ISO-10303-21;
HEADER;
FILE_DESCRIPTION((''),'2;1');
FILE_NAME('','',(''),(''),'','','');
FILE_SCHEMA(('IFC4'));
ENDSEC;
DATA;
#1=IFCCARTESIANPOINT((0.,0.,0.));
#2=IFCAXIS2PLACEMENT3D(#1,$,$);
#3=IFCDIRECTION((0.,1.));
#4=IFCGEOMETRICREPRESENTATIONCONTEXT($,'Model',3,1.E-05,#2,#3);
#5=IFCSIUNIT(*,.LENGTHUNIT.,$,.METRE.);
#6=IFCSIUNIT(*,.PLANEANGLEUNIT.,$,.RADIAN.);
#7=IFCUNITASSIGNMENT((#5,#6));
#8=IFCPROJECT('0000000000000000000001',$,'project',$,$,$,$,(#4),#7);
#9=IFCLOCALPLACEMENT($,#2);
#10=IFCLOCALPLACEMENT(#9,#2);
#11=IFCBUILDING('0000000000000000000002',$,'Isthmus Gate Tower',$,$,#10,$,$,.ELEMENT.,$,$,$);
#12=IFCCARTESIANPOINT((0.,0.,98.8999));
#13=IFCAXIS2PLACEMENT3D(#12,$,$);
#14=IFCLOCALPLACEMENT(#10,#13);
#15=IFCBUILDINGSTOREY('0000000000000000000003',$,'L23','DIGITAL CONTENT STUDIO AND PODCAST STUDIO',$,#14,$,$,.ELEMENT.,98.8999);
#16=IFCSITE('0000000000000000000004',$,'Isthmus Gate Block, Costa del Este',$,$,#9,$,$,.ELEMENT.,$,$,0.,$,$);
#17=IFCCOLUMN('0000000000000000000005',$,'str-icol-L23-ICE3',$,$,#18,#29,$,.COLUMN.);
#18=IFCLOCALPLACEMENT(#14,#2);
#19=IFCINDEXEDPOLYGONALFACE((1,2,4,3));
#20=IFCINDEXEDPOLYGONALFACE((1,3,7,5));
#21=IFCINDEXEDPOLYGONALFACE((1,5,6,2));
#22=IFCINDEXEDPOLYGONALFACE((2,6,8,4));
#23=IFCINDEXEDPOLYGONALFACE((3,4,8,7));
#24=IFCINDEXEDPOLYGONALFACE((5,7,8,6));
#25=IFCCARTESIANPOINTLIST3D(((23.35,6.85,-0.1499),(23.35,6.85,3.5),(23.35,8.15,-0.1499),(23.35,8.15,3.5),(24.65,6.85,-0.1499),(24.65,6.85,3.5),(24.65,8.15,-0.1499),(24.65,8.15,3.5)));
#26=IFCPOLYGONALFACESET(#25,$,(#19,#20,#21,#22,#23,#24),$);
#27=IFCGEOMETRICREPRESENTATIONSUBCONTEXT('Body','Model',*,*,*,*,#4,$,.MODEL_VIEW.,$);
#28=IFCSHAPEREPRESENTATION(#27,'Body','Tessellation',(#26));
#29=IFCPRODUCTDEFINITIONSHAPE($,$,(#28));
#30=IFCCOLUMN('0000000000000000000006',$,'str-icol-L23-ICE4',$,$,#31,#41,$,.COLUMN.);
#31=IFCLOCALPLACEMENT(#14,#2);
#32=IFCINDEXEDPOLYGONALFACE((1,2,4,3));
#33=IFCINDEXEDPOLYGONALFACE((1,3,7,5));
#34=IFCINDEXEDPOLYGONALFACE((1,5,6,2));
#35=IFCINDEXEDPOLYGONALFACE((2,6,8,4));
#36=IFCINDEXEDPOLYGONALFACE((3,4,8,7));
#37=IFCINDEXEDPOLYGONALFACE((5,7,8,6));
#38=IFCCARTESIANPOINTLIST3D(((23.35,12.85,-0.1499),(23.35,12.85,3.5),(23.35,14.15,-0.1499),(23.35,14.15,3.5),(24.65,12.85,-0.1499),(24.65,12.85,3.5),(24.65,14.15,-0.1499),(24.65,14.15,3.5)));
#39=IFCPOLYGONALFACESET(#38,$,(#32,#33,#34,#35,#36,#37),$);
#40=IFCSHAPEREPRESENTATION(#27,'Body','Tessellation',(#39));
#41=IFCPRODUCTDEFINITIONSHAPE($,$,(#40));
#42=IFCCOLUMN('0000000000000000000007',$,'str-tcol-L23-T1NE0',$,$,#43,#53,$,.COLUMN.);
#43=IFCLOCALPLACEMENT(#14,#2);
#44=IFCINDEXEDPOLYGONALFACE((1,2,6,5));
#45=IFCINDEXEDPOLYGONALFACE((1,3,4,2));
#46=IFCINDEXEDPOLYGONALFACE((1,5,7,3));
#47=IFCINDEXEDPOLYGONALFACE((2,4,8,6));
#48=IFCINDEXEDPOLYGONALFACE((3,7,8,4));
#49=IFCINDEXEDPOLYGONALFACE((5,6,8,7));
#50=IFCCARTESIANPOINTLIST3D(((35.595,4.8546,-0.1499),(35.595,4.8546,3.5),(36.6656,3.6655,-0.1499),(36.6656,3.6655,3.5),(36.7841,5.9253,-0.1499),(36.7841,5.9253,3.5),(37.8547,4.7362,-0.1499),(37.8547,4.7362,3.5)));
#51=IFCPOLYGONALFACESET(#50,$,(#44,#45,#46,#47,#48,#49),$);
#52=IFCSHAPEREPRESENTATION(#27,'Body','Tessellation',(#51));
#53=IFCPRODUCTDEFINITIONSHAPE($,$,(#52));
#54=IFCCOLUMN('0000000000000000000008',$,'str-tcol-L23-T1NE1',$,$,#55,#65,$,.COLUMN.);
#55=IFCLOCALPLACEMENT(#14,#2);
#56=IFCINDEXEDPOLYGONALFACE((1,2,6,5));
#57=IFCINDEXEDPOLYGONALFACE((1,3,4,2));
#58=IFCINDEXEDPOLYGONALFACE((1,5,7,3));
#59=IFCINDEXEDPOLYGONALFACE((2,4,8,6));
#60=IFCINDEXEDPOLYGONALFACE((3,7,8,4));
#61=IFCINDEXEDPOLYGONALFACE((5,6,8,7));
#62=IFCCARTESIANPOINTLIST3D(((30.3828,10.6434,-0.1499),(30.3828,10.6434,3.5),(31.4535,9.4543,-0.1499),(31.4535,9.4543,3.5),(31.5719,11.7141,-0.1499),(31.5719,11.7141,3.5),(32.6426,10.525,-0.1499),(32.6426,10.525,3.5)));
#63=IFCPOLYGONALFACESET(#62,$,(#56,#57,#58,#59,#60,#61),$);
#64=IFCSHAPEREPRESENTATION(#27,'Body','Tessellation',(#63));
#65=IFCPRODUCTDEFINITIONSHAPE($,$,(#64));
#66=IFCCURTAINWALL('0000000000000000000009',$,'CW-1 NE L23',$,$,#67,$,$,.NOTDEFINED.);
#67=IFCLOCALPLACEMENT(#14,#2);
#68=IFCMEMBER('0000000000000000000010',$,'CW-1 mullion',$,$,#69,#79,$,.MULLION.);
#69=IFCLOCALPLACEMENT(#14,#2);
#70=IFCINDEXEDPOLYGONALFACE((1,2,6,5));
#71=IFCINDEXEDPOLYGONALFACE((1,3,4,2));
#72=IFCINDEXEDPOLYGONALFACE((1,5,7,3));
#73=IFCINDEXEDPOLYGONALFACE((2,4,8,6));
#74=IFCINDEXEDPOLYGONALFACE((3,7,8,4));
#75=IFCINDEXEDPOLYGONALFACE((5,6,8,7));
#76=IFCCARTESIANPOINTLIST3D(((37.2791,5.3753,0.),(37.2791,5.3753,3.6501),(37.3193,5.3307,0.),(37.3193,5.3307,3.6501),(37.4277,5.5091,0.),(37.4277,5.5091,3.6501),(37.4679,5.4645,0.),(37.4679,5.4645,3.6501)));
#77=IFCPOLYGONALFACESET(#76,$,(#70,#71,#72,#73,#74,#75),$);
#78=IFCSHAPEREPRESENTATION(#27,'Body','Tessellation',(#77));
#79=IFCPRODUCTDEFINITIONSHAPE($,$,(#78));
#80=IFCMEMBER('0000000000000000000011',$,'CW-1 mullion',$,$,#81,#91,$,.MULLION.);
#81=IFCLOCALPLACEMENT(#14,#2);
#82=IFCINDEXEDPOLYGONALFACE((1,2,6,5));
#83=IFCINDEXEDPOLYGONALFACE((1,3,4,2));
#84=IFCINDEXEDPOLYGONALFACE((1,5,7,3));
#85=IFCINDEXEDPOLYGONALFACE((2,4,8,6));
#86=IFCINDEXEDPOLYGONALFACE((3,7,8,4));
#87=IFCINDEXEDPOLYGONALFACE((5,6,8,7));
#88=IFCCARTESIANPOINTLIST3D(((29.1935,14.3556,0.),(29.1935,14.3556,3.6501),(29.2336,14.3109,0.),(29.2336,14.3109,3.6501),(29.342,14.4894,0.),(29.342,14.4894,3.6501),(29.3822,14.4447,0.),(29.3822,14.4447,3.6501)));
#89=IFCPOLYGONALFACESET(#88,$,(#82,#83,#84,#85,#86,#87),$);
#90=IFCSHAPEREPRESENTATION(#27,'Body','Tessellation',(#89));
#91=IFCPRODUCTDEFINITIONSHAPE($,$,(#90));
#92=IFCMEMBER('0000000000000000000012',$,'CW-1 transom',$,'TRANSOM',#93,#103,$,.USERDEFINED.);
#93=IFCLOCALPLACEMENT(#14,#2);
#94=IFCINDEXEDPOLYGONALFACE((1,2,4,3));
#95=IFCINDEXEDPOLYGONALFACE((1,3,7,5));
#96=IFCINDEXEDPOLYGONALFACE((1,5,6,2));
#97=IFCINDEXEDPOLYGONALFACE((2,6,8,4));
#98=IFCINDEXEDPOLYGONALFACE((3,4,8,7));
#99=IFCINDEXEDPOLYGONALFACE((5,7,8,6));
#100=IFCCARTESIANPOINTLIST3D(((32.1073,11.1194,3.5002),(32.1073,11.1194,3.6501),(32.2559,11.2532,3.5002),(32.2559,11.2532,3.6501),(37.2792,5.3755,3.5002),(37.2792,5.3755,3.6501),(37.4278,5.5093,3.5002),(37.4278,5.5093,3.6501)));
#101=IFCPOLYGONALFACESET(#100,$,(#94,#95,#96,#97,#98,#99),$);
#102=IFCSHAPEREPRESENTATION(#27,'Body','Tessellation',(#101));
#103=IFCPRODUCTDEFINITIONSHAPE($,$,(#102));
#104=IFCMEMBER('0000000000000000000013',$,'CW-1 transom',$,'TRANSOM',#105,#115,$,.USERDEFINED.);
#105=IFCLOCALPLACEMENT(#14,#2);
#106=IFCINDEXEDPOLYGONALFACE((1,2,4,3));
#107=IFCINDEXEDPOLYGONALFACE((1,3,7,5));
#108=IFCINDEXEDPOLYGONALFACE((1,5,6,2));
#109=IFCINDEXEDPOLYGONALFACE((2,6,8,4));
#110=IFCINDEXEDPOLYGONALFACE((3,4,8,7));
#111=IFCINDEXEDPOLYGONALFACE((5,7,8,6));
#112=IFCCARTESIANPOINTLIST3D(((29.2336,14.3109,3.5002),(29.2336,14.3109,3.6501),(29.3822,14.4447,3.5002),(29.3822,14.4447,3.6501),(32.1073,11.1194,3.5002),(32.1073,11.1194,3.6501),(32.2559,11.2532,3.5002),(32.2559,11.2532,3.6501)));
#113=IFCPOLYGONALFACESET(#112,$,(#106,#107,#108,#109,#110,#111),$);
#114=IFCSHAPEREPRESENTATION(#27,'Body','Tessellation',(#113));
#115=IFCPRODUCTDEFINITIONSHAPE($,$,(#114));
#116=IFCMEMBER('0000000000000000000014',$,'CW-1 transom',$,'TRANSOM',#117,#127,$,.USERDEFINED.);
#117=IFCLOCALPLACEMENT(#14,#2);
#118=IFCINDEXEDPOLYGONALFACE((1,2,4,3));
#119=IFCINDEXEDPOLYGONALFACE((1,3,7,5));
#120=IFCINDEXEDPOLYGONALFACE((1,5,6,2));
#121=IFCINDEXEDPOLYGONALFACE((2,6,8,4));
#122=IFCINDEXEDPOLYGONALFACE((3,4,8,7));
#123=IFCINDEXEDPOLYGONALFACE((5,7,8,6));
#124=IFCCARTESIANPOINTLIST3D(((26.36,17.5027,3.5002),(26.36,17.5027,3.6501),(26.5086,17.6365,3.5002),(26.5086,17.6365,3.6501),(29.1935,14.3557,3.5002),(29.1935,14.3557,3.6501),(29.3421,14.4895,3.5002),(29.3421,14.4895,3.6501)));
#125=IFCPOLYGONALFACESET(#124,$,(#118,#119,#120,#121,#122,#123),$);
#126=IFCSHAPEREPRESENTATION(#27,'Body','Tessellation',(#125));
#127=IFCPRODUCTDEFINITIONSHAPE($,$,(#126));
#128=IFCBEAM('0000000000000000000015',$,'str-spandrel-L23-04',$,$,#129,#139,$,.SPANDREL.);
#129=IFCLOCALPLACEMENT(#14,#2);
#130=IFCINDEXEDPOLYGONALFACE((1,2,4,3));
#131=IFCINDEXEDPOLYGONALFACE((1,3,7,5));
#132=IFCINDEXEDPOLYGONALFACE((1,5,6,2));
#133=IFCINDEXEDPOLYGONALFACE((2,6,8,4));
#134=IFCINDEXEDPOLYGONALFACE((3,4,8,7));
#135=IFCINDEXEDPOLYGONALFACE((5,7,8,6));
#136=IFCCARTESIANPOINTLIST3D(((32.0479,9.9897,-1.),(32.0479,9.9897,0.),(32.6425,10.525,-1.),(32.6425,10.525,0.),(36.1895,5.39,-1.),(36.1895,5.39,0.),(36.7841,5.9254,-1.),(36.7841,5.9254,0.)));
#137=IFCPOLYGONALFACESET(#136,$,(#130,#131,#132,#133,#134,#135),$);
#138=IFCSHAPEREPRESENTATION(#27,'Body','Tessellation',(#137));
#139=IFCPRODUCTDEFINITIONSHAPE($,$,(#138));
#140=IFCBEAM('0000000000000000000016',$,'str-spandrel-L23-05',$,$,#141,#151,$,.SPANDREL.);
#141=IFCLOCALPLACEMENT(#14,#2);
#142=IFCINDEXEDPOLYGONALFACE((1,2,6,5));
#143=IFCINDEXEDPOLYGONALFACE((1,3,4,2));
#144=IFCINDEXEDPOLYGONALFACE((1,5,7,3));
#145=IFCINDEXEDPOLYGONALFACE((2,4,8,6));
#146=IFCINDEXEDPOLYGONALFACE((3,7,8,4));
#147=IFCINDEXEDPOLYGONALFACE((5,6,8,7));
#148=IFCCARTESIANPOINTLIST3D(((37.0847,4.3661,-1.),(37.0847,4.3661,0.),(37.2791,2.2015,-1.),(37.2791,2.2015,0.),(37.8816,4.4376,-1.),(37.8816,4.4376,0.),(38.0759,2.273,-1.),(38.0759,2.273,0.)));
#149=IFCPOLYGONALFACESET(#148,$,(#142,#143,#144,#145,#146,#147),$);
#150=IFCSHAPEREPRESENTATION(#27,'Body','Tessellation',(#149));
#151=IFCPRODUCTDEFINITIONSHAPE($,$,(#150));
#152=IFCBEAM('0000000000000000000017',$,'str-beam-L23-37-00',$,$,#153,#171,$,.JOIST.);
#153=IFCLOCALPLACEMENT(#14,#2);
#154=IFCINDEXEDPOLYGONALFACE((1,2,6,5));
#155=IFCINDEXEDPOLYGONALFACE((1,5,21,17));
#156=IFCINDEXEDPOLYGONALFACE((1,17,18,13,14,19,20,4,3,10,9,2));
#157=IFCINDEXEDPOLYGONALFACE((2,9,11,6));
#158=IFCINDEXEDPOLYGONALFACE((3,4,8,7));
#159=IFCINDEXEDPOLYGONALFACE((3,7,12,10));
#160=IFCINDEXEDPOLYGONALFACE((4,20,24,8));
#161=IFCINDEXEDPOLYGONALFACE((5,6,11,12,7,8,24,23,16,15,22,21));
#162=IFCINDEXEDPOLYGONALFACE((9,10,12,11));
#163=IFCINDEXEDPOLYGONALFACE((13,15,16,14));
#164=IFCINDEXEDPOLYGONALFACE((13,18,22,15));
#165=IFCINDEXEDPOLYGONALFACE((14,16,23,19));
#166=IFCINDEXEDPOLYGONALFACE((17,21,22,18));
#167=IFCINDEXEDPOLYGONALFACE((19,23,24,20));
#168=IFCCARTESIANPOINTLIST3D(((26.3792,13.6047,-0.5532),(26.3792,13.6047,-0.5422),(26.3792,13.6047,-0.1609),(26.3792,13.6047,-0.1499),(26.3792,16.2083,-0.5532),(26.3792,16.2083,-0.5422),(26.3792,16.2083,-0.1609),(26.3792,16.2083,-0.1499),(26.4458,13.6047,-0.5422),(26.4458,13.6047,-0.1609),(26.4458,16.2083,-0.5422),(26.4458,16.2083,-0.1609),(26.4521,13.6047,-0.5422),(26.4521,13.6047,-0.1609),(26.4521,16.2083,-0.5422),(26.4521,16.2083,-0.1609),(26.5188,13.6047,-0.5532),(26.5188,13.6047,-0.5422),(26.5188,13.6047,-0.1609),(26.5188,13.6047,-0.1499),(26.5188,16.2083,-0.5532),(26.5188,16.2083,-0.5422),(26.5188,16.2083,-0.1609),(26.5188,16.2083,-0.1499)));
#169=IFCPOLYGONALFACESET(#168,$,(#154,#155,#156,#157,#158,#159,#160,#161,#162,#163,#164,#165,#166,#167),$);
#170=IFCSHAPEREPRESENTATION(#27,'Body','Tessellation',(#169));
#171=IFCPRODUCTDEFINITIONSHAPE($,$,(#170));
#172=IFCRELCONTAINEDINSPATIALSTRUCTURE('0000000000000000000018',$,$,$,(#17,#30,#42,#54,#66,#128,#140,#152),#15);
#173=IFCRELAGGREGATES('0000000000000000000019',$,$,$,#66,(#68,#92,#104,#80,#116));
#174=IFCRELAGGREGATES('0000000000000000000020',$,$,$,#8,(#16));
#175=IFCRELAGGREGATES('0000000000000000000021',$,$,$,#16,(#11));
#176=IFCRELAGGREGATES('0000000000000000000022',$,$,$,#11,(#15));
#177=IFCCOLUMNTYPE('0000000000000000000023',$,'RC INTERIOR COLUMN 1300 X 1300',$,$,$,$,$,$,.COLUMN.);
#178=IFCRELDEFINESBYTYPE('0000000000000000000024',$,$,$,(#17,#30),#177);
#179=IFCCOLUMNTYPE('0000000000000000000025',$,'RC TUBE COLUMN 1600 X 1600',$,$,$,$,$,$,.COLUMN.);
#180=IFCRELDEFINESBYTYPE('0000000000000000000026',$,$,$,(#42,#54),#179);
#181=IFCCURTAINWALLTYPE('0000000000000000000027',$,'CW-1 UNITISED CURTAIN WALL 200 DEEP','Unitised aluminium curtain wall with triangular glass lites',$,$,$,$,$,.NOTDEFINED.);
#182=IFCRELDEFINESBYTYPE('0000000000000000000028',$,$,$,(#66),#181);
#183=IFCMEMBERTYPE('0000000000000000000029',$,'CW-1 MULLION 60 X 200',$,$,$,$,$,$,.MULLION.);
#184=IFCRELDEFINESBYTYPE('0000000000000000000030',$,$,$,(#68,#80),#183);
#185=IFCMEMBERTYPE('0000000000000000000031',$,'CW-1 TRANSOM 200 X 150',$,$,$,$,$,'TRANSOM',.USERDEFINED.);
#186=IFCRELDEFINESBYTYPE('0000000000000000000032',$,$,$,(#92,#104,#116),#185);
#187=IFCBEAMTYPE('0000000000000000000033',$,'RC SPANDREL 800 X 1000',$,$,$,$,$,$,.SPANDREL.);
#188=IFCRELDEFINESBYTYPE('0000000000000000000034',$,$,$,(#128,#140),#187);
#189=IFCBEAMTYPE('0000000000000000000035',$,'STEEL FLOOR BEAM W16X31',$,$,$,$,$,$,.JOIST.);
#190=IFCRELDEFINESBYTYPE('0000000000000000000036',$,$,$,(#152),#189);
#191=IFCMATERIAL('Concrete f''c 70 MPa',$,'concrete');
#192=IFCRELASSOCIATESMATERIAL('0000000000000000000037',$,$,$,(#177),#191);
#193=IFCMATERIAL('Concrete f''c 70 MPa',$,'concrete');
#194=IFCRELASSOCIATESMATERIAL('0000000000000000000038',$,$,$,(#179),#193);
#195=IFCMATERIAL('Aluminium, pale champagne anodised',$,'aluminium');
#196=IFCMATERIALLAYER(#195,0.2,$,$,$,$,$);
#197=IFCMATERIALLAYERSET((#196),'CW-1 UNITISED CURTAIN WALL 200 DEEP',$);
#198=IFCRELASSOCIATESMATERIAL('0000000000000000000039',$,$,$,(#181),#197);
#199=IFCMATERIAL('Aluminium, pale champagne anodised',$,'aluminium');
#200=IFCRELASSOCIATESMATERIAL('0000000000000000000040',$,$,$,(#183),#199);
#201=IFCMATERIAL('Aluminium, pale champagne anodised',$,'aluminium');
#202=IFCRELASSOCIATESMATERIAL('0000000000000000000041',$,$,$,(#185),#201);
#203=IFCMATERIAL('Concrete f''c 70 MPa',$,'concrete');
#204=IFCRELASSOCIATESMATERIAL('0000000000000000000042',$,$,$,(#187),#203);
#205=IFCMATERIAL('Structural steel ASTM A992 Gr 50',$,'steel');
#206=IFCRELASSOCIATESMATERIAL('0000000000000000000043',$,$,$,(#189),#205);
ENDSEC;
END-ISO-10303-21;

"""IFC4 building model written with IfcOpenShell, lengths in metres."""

from ifc_helpers import new_model, si_unit, direction, frame, origin, origin_2d, place, context, subcontext, project, spatial, rectangle, i_section, extrude, material, layer, layer_set, material_profile, profile_set, type_object, element, aggregate, save


model = new_model("IFC4")

# Units and contexts
model_context = context("Model", 3, precision=1e-05, world=origin(), true_north=direction((0.0, 1.0)))
body_context = subcontext(model_context, "Body", "Model", "MODEL_VIEW")
ifc_project = project(units=[si_unit("LENGTHUNIT", "METRE"), si_unit("PLANEANGLEUNIT", "RADIAN")], contexts=[model_context])

# Site, building, storey
site_placement = place(None, origin())
site = spatial("IfcSite", under=ifc_project, at=site_placement, Name="Isthmus Gate Block, Costa del Este", CompositionType="ELEMENT", RefElevation=0.0)
building_placement = place(site_placement, origin())
building = spatial("IfcBuilding", under=site, at=building_placement, Name="Isthmus Gate Tower", CompositionType="ELEMENT")
storey_placement = place(building_placement, frame((0.0, 0.0, 98.8999)))
storey = spatial("IfcBuildingStorey", under=building, at=storey_placement, Name="L23", Description="DIGITAL CONTENT STUDIO AND PODCAST STUDIO", CompositionType="ELEMENT", Elevation=98.8999)

# Columns
ifc_material_1 = material(Name="Concrete f'c 70 MPa", Category="concrete")
ifc_material_profile_1 = material_profile(ifc_material_1, rectangle(XDim=1.3, YDim=1.3, at=origin_2d()), Name="RC 1300X1300")
ifc_profile_set_1 = profile_set([ifc_material_profile_1], Name="Concrete f'c 70 MPa")
column_type_1 = type_object("IfcColumnType", Name="RC INTERIOR COLUMN 1300 X 1300", PredefinedType="COLUMN", material=ifc_profile_set_1)
for number, where, z_axis, x_axis, name in (
    (1, (24.0, 7.5, -0.1499), (0.0, 0.0, 1.0), (1.0, 0.0, 0.0), "str-icol-L23-ICE3"),
    (2, (24.0, 13.5, -0.1499), (0.0, 0.0, 1.0), (1.0, 0.0, 0.0), "str-icol-L23-ICE4"),
):
    element("IfcColumn", number, at=place(storey_placement, frame(where, z_axis=z_axis, x_axis=x_axis)), inside=storey, type_object=column_type_1, Name=name, PredefinedType="COLUMN", context=body_context, shape_type="SweptSolid", body=[
        extrude(rectangle(XDim=1.3, YDim=1.3, at=origin_2d()), origin(), (0.0, 0.0, 1.0), 3.6499),
    ])
ifc_material_2 = material(Name="Concrete f'c 70 MPa", Category="concrete")
ifc_material_profile_2 = material_profile(ifc_material_2, rectangle(XDim=1.6001, YDim=1.6001, at=origin_2d()), Name="RC 1600X1600")
ifc_profile_set_2 = profile_set([ifc_material_profile_2], Name="Concrete f'c 70 MPa")
column_type_2 = type_object("IfcColumnType", Name="RC TUBE COLUMN 1600 X 1600", PredefinedType="COLUMN", material=ifc_profile_set_2)
for number, where, z_axis, x_axis, name in (
    (3, (36.7249, 4.7954, -0.1499), (0.0, 0.0, 1.0), (-0.669131, 0.743145, 0.0), "str-tcol-L23-T1NE0"),
    (4, (31.5127, 10.5842, -0.1499), (0.0, 0.0, 1.0), (-0.669131, 0.743145, 0.0), "str-tcol-L23-T1NE1"),
):
    element("IfcColumn", number, at=place(storey_placement, frame(where, z_axis=z_axis, x_axis=x_axis)), inside=storey, type_object=column_type_2, Name=name, PredefinedType="COLUMN", context=body_context, shape_type="SweptSolid", body=[
        extrude(rectangle(XDim=1.6001, YDim=1.6001, at=origin_2d()), origin(), (0.0, 0.0, 1.0), 3.6499),
    ])

# Curtain wall, members
ifc_material_3 = material(Name="Aluminium, pale champagne anodised", Category="aluminium")
ifc_layer_1 = layer(ifc_material_3, 0.2)
ifc_layer_set_1 = layer_set([ifc_layer_1], Name="CW-1 UNITISED CURTAIN WALL 200 DEEP")
curtain_wall_type = type_object("IfcCurtainWallType", Name="CW-1 UNITISED CURTAIN WALL 200 DEEP", Description="Unitised aluminium curtain wall with triangular glass lites", PredefinedType="NOTDEFINED", material=ifc_layer_set_1)
curtain_wall_placement = place(storey_placement, origin())
curtain_wall = element("IfcCurtainWall", 5, at=curtain_wall_placement, inside=storey, type_object=curtain_wall_type, Name="CW-1 NE L23", PredefinedType="NOTDEFINED")
ifc_material_4 = material(Name="Aluminium, pale champagne anodised", Category="aluminium")
ifc_material_profile_3 = material_profile(ifc_material_4, rectangle(XDim=0.0601, YDim=0.2, at=origin_2d()), Name="60x200")
ifc_profile_set_3 = profile_set([ifc_material_profile_3], Name="Aluminium, pale champagne anodised")
member_type_1 = type_object("IfcMemberType", Name="CW-1 MULLION 60 X 200", PredefinedType="MULLION", material=ifc_profile_set_3)
member_1_placement = place(storey_placement, frame((37.3735, 5.4199, 0.0), z_axis=(0.0, 0.0, 1.0), x_axis=(-0.669131, 0.743145, 0.0)))
member_1 = element("IfcMember", 6, at=member_1_placement, type_object=member_type_1, Name="CW-1 mullion", PredefinedType="MULLION", context=body_context, shape_type="SweptSolid", body=[
    extrude(rectangle(XDim=0.0601, YDim=0.2, at=origin_2d()), origin(), (0.0, 0.0, 1.0), 3.6501),
])
member_2_placement = place(storey_placement, frame((29.2878, 14.4001, 0.0), z_axis=(0.0, 0.0, 1.0), x_axis=(-0.669131, 0.743145, 0.0)))
member_2 = element("IfcMember", 7, at=member_2_placement, type_object=member_type_1, Name="CW-1 mullion", PredefinedType="MULLION", context=body_context, shape_type="SweptSolid", body=[
    extrude(rectangle(XDim=0.0601, YDim=0.2, at=origin_2d()), origin(), (0.0, 0.0, 1.0), 3.6501),
])
ifc_material_5 = material(Name="Aluminium, pale champagne anodised", Category="aluminium")
ifc_material_profile_4 = material_profile(ifc_material_5, rectangle(XDim=0.2, YDim=0.1499, at=origin_2d()), Name="200x150")
ifc_profile_set_4 = profile_set([ifc_material_profile_4], Name="Aluminium, pale champagne anodised")
member_type_2 = type_object("IfcMemberType", Name="CW-1 TRANSOM 200 X 150", ElementType="TRANSOM", PredefinedType="USERDEFINED", material=ifc_profile_set_4)
member_3_placement = place(storey_placement, frame((37.3535, 5.4424, 3.5752), z_axis=(-0.669134, 0.743142, 0.0), x_axis=(-0.743142, -0.669134, 0.0)))
member_3 = element("IfcMember", 8, at=member_3_placement, type_object=member_type_2, Name="CW-1 transom", ObjectType="TRANSOM", PredefinedType="USERDEFINED", context=body_context, shape_type="SweptSolid", body=[
    extrude(rectangle(XDim=0.2, YDim=0.1499, at=origin_2d()), origin(), (0.0, 0.0, 1.0), 7.7292),
])
member_4_placement = place(storey_placement, frame((32.1816, 11.1863, 3.5752), z_axis=(-0.669131, 0.743144, 0.0), x_axis=(-0.743144, -0.669131, 0.0)))
member_4 = element("IfcMember", 9, at=member_4_placement, type_object=member_type_2, Name="CW-1 transom", ObjectType="TRANSOM", PredefinedType="USERDEFINED", context=body_context, shape_type="SweptSolid", body=[
    extrude(rectangle(XDim=0.2, YDim=0.1499, at=origin_2d()), origin(), (0.0, 0.0, 1.0), 4.2947),
])
member_5_placement = place(storey_placement, frame((29.2678, 14.4226, 3.5752), z_axis=(-0.669124, 0.743151, 0.0), x_axis=(-0.743151, -0.669124, 0.0)))
member_5 = element("IfcMember", 10, at=member_5_placement, type_object=member_type_2, Name="CW-1 transom", ObjectType="TRANSOM", PredefinedType="USERDEFINED", context=body_context, shape_type="SweptSolid", body=[
    extrude(rectangle(XDim=0.2, YDim=0.1499, at=origin_2d()), origin(), (0.0, 0.0, 1.0), 4.2346),
])

# Beams
ifc_material_6 = material(Name="Concrete f'c 70 MPa", Category="concrete")
ifc_material_profile_5 = material_profile(ifc_material_6, rectangle(XDim=0.8, YDim=1.0, at=origin_2d()), Name="RC 800X1000")
ifc_profile_set_5 = profile_set([ifc_material_profile_5], Name="Concrete f'c 70 MPa")
beam_type_1 = type_object("IfcBeamType", Name="RC SPANDREL 800 X 1000", PredefinedType="SPANDREL", material=ifc_profile_set_5)
beam_1_placement = place(storey_placement, frame((32.3452, 10.2573, -0.5), z_axis=(0.669139, -0.743137, 0.0), x_axis=(0.743137, 0.669139, 0.0)))
element("IfcBeam", 11, at=beam_1_placement, inside=storey, type_object=beam_type_1, Name="str-spandrel-L23-04", PredefinedType="SPANDREL", context=body_context, shape_type="SweptSolid", body=[
    extrude(rectangle(XDim=0.8, YDim=1.0, at=origin_2d()), origin(), (0.0, 0.0, 1.0), 6.1895),
])
beam_2_placement = place(storey_placement, frame((37.4832, 4.4019, -0.5), z_axis=(0.089422, -0.995994, 0.0), x_axis=(0.995994, 0.089422, 0.0)))
element("IfcBeam", 12, at=beam_2_placement, inside=storey, type_object=beam_type_1, Name="str-spandrel-L23-05", PredefinedType="SPANDREL", context=body_context, shape_type="SweptSolid", body=[
    extrude(rectangle(XDim=0.8, YDim=1.0, at=origin_2d()), origin(), (0.0, 0.0, 1.0), 2.1733),
])
ifc_material_7 = material(Name="Structural steel ASTM A992 Gr 50", Category="steel")
ifc_material_profile_6 = material_profile(ifc_material_7, i_section(OverallWidth=0.1396, OverallDepth=0.4033, WebThickness=0.0063, FlangeThickness=0.011, at=origin_2d()), Name="W16X31")
ifc_profile_set_6 = profile_set([ifc_material_profile_6], Name="Structural steel ASTM A992 Gr 50")
beam_type_2 = type_object("IfcBeamType", Name="STEEL FLOOR BEAM W16X31", PredefinedType="JOIST", material=ifc_profile_set_6)
beam_3_placement = place(storey_placement, frame((26.449, 13.6047, -0.3516), z_axis=(0.0, 1.0, 0.0), x_axis=(-1.0, 0.0, 0.0)))
element("IfcBeam", 13, at=beam_3_placement, inside=storey, type_object=beam_type_2, Name="str-beam-L23-37-00", PredefinedType="JOIST", context=body_context, shape_type="SweptSolid", body=[
    extrude(i_section(OverallWidth=0.1396, OverallDepth=0.4033, WebThickness=0.0063, FlangeThickness=0.011, at=origin_2d()), origin(), (0.0, 0.0, 1.0), 2.6035),
])

aggregate(curtain_wall, [member_1, member_3, member_4, member_2, member_5])

save(model, "model.ifc")
